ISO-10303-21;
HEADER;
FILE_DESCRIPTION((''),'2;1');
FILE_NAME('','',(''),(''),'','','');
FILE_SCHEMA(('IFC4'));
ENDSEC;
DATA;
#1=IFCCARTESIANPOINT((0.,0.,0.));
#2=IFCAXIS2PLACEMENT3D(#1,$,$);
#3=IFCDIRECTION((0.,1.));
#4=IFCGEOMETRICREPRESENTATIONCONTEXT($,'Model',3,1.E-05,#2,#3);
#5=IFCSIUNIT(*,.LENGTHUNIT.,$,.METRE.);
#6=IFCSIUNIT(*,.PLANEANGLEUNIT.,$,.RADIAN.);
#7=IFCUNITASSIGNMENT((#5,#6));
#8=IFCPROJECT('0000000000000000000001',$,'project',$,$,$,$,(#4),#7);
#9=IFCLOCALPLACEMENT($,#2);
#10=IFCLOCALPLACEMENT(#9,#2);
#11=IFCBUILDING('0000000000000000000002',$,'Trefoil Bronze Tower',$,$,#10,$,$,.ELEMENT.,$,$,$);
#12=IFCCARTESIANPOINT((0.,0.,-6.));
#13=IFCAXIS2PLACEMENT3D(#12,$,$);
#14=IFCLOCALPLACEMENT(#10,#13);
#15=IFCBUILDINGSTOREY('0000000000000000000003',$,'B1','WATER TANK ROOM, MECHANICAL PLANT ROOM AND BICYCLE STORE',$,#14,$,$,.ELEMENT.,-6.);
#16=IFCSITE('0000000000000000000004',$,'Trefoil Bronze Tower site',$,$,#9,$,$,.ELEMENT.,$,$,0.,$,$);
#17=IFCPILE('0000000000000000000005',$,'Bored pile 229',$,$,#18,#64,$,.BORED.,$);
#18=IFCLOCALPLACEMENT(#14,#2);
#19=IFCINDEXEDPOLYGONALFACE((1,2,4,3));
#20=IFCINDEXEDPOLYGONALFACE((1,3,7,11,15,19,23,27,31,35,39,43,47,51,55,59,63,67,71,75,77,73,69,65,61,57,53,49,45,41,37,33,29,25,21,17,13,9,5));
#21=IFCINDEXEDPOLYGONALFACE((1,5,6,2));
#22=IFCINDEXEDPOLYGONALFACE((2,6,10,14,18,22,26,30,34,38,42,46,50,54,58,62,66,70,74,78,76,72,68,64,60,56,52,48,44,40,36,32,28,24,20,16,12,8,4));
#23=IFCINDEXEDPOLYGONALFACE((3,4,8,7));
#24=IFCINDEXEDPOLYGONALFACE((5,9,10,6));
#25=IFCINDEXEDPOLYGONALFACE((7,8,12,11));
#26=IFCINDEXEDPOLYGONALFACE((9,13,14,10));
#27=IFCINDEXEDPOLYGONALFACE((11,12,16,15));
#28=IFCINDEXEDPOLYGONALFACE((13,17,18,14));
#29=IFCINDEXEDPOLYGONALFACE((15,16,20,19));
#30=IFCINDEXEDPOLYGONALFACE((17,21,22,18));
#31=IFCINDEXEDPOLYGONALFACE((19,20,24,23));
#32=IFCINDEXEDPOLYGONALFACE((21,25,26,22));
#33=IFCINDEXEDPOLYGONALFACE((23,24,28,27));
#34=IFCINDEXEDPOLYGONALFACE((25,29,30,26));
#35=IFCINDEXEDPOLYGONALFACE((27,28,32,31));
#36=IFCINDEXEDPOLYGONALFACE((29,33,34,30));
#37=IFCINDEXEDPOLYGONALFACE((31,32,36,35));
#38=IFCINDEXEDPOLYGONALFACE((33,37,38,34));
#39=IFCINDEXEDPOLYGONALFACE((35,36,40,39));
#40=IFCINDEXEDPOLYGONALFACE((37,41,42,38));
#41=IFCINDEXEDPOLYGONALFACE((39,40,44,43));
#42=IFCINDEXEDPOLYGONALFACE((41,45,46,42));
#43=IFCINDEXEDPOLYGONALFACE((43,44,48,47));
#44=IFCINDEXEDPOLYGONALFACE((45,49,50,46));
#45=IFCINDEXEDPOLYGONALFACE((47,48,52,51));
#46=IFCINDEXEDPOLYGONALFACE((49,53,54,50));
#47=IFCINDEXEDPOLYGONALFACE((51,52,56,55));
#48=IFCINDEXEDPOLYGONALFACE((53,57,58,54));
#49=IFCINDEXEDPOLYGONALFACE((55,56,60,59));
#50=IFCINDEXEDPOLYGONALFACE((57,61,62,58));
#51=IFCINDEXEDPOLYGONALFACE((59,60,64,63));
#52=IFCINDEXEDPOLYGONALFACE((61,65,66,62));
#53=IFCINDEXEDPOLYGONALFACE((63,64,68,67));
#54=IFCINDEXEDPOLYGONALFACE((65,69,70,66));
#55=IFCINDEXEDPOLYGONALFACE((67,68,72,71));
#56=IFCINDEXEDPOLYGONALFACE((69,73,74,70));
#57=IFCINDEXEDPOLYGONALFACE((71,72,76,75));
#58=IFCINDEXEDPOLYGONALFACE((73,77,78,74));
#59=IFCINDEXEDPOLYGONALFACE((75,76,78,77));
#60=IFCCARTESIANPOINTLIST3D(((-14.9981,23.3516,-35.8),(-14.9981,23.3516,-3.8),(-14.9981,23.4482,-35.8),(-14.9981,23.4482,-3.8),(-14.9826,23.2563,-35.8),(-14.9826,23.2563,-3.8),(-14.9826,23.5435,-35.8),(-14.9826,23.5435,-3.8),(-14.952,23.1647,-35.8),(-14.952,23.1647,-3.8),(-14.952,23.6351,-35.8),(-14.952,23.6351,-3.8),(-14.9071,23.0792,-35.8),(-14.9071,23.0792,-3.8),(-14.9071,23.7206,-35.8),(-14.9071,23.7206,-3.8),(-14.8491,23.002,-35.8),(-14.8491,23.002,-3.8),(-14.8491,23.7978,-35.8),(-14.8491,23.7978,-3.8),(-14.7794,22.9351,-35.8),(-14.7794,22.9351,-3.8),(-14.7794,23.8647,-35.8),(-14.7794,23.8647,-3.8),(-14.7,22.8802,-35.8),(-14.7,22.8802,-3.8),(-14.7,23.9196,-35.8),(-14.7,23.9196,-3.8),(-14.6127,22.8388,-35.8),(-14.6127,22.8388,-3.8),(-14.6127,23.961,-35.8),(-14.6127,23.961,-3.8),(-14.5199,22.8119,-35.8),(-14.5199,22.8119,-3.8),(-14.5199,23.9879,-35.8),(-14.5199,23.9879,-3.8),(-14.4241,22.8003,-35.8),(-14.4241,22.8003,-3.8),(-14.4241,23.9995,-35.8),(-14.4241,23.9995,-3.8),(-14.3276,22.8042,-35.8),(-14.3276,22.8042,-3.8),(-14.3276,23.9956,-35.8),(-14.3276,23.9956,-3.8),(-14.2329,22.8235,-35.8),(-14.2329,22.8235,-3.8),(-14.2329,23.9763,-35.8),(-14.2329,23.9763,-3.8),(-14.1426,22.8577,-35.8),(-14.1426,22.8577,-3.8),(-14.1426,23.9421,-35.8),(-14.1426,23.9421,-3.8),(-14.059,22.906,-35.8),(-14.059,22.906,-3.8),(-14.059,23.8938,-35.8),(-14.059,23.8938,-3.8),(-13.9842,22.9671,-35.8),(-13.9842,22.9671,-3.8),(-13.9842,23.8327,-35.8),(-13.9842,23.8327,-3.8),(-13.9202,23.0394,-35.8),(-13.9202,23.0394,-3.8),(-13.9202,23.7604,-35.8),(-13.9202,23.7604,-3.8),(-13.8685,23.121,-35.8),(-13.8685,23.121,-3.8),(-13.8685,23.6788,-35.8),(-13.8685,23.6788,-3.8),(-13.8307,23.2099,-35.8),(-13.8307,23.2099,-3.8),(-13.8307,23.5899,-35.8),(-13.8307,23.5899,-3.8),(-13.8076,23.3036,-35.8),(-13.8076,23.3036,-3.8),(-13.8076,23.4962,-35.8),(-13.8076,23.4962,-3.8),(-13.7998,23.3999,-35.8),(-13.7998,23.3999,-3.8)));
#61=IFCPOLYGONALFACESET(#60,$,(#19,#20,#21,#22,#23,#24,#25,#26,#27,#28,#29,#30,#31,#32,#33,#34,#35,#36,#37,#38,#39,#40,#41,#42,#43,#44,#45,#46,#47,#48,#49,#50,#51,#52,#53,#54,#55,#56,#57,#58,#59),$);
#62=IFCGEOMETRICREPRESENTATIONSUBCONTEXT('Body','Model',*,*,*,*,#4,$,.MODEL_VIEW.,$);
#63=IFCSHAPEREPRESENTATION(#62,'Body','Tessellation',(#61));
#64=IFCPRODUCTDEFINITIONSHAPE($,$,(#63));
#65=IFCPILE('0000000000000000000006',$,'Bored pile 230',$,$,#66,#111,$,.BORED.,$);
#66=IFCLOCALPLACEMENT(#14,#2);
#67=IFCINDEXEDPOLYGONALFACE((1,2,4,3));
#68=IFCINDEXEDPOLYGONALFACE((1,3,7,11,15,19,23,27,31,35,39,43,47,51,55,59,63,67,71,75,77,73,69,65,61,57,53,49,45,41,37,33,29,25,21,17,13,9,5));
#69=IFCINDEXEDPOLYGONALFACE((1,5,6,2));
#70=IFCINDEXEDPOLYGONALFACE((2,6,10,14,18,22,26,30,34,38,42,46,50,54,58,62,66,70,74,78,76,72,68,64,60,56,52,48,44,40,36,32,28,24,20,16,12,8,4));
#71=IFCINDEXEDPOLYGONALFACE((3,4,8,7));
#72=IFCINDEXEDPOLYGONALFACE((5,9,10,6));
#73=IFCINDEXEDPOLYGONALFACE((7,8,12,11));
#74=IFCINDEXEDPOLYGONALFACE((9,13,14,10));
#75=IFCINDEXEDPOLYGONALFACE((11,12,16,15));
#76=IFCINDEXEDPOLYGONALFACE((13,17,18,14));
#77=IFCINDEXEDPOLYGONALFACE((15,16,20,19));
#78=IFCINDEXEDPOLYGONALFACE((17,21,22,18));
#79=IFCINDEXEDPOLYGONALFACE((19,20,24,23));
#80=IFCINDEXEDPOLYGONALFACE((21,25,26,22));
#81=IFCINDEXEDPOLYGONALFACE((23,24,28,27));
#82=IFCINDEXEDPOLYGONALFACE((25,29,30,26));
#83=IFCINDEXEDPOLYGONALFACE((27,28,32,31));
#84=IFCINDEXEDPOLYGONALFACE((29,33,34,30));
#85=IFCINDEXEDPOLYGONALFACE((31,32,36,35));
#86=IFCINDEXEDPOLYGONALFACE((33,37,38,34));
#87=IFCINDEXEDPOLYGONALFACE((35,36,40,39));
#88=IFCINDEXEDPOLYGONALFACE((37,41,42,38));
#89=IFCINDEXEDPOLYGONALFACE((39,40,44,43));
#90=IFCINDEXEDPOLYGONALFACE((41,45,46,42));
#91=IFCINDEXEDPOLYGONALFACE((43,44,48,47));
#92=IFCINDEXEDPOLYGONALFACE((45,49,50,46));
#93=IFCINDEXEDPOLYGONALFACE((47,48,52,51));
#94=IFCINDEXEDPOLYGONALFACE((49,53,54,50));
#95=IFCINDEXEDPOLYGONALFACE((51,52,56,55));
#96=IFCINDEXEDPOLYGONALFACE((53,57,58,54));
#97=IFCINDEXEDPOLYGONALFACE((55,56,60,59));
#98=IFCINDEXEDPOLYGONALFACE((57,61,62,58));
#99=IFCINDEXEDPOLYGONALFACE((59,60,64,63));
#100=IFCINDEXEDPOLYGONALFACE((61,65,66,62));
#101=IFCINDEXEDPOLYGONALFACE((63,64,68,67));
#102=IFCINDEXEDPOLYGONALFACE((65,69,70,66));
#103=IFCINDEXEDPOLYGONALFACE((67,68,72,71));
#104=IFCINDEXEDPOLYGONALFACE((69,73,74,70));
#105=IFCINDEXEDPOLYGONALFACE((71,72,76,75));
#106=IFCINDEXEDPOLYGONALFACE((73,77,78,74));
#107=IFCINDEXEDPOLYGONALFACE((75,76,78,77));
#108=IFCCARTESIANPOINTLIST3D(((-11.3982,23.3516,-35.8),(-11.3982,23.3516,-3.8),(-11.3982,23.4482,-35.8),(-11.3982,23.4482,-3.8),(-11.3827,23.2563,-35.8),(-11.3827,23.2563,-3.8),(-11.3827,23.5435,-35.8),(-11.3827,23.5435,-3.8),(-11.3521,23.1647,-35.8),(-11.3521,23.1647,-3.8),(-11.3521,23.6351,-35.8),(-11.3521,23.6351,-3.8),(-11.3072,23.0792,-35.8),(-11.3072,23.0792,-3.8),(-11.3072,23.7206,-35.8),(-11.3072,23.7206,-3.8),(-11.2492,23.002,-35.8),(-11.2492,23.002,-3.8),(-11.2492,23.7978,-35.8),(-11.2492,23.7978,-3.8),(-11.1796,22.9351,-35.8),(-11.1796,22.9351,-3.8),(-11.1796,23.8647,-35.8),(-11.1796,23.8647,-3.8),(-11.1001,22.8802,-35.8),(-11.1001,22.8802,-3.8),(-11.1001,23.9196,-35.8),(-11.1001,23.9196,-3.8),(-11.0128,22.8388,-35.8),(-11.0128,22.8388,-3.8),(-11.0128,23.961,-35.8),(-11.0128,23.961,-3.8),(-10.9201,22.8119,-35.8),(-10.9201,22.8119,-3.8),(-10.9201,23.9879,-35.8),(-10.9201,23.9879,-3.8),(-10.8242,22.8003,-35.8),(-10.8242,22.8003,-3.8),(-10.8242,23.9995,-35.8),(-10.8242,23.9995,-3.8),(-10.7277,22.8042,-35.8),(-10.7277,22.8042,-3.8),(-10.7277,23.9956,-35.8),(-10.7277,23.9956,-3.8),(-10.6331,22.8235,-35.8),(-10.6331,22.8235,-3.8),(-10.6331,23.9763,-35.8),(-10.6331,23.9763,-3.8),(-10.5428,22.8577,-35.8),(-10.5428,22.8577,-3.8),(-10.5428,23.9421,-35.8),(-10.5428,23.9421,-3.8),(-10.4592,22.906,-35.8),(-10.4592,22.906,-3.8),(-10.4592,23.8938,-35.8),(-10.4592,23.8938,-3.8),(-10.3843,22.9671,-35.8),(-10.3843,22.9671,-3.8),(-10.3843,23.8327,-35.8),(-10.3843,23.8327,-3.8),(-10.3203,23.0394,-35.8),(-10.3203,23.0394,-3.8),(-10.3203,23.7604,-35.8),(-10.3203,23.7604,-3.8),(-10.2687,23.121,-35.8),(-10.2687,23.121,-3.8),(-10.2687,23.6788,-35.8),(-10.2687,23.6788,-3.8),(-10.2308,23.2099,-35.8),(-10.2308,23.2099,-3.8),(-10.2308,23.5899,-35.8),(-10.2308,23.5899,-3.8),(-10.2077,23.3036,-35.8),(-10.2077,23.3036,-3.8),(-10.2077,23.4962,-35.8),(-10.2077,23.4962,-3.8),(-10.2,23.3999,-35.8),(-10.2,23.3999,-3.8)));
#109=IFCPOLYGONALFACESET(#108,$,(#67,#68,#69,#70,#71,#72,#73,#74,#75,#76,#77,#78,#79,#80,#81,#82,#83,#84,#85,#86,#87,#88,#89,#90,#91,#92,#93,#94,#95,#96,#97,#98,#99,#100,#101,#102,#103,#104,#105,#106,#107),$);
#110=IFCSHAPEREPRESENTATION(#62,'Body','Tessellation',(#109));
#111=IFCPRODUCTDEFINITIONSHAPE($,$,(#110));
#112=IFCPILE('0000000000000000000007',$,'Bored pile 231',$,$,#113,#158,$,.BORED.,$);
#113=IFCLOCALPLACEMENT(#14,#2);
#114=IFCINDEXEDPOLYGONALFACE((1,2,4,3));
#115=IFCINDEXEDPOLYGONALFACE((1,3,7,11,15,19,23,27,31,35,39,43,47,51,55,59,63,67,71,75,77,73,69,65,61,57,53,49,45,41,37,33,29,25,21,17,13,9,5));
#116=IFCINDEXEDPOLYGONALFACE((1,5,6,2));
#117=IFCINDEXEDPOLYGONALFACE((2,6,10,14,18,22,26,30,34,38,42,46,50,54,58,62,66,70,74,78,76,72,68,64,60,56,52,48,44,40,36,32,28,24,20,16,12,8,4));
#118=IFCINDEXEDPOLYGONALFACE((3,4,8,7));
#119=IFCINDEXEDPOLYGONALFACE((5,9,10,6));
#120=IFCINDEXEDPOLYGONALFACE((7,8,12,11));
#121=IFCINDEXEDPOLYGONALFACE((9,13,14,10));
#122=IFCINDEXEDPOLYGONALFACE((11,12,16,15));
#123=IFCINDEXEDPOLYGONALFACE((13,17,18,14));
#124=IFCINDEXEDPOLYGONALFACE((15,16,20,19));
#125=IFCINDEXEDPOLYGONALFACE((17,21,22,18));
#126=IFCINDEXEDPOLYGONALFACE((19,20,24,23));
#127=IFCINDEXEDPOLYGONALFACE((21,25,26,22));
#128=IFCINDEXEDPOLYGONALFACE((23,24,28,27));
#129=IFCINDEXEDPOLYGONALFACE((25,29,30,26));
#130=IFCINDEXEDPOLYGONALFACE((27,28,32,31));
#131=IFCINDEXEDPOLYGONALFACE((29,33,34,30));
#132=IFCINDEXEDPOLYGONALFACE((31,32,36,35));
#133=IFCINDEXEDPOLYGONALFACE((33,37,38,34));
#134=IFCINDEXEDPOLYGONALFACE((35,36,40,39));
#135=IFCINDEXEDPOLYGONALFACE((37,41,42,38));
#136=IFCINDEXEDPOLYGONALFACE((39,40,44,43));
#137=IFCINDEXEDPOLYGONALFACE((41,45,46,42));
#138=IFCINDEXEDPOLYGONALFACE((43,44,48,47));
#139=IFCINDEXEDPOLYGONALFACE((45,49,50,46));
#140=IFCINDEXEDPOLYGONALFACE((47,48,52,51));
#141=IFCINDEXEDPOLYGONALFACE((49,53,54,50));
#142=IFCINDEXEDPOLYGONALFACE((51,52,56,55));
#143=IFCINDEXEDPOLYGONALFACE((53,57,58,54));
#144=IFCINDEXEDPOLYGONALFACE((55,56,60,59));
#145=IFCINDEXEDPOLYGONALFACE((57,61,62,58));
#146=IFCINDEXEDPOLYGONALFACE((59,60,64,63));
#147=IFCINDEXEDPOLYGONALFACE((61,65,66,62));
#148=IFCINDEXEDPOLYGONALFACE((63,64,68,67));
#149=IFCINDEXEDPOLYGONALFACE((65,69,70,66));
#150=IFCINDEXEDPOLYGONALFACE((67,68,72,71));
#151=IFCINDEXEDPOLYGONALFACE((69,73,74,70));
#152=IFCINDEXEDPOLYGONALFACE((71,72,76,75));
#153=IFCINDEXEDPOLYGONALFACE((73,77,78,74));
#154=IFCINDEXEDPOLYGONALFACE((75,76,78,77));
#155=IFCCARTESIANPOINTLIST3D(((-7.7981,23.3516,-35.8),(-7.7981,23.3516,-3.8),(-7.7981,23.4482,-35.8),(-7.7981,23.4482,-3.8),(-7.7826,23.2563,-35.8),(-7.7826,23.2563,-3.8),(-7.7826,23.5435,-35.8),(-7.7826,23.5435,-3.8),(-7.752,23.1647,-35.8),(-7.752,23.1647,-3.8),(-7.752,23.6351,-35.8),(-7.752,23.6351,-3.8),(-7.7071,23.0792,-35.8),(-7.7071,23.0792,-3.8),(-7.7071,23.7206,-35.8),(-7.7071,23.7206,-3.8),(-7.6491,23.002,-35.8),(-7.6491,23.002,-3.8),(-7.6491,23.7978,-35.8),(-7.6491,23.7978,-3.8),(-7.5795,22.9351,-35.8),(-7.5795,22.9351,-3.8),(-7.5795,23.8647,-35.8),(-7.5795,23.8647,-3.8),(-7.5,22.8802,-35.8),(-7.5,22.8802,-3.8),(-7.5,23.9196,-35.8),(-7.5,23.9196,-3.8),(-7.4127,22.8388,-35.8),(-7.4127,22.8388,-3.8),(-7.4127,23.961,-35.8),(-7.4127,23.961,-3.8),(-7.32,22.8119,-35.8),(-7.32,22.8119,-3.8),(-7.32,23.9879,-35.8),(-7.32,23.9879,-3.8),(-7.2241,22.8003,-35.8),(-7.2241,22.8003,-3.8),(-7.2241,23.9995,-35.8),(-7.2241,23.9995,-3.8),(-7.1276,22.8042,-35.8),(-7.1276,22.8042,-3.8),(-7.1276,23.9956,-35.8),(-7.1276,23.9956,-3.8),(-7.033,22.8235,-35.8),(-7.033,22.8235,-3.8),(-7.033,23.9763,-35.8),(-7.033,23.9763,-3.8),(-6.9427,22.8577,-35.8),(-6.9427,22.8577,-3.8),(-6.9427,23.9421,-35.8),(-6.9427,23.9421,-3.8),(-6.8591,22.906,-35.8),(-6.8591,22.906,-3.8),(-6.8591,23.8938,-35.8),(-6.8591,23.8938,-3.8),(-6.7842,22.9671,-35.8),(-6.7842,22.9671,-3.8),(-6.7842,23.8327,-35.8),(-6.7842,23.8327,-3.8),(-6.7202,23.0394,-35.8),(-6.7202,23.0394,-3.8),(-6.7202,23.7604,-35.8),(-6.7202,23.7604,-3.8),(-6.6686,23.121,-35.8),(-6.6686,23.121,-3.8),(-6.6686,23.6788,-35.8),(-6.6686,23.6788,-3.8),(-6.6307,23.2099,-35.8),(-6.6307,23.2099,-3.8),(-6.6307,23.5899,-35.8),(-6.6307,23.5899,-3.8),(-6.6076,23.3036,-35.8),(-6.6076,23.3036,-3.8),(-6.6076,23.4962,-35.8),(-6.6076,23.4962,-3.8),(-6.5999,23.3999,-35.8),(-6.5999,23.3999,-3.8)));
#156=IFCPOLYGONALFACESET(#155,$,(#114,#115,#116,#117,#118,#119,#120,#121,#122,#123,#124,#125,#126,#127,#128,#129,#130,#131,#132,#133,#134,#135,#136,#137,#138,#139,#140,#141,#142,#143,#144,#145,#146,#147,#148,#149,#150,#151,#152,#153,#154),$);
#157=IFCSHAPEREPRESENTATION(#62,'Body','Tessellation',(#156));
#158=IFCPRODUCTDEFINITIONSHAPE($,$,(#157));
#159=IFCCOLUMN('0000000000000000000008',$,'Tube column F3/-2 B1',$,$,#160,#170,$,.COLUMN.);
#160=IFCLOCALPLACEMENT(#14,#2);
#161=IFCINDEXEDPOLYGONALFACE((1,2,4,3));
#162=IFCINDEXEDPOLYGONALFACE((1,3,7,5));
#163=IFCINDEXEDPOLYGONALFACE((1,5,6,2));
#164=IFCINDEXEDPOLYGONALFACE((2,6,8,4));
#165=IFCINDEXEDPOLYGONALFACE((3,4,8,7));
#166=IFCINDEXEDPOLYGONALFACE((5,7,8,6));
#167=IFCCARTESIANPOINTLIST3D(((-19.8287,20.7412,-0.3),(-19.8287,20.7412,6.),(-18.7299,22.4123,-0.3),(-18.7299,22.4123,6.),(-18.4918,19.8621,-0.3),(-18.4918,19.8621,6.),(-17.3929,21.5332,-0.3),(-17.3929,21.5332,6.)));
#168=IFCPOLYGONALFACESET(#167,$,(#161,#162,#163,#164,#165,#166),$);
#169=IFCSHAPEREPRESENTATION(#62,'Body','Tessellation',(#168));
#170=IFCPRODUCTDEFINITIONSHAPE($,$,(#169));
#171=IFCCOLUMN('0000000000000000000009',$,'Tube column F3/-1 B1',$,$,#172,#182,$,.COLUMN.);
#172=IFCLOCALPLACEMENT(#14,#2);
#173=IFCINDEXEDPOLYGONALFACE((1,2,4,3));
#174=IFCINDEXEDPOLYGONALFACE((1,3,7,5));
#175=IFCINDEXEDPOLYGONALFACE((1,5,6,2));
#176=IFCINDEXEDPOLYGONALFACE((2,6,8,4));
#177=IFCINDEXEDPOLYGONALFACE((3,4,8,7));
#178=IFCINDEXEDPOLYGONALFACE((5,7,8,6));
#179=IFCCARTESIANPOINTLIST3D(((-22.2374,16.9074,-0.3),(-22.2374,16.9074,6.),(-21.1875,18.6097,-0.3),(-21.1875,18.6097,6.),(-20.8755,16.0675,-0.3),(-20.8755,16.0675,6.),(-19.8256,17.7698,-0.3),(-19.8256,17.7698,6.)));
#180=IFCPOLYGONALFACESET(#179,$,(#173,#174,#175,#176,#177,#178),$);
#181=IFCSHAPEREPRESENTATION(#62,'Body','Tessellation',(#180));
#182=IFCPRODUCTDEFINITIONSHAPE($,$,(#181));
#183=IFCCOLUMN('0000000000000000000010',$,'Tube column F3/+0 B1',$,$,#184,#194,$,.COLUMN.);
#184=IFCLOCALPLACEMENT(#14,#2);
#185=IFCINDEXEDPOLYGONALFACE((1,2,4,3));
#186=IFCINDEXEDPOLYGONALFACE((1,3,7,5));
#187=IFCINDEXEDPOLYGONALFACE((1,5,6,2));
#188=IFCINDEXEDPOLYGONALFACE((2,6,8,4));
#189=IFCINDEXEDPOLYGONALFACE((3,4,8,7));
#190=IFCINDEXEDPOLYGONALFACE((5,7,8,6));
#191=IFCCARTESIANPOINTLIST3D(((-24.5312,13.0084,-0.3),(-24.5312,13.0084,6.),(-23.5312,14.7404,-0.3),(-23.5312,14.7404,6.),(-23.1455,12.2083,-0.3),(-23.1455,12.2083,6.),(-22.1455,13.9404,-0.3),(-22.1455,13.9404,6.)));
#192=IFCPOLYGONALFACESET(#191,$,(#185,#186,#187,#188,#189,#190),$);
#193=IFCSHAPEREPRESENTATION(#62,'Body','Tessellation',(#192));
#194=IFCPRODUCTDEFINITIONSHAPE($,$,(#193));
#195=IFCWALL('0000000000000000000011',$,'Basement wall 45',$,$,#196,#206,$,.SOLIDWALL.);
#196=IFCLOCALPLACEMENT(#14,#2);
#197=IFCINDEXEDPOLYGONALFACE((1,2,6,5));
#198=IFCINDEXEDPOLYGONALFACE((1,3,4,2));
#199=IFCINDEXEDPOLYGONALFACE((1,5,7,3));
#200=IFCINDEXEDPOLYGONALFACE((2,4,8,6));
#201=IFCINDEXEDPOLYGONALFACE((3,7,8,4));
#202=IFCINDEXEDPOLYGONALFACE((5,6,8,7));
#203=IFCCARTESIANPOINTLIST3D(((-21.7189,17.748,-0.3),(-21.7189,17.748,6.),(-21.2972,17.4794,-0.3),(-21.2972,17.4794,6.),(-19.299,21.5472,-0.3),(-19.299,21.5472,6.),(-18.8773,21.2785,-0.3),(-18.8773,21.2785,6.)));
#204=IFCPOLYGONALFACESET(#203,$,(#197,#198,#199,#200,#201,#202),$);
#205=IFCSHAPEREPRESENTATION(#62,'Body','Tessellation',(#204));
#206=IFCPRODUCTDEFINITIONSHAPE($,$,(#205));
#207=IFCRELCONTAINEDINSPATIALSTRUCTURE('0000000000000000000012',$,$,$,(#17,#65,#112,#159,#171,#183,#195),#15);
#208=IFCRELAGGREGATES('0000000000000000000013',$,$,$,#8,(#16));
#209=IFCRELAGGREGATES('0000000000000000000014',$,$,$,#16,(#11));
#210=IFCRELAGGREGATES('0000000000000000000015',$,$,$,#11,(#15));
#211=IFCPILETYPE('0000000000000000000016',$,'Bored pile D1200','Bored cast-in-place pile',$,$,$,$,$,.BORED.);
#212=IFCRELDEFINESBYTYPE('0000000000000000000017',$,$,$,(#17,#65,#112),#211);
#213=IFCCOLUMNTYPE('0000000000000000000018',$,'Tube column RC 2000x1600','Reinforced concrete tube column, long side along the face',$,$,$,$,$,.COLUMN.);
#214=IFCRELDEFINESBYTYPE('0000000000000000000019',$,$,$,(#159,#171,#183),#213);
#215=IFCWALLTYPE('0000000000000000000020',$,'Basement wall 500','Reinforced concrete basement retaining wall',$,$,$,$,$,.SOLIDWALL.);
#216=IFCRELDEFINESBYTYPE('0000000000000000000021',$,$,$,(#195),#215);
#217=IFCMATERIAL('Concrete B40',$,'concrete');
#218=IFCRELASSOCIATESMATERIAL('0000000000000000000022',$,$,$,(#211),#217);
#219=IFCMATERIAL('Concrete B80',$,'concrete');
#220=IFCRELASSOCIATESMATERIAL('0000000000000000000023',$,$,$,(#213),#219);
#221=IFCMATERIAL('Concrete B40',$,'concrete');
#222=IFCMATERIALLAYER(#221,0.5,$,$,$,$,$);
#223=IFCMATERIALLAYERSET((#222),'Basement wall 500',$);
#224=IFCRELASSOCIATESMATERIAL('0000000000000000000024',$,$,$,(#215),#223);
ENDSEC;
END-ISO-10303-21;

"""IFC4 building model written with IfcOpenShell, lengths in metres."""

from ifc_helpers import new_model, si_unit, direction, frame, frame_2d, origin, origin_2d, place, context, subcontext, project, spatial, rectangle, circle, extrude, material, layer, layer_set, material_profile, profile_set, type_object, element, save


model = new_model("IFC4")

# Units and contexts
model_context = context("Model", 3, precision=1e-05, world=origin(), true_north=direction((0.0, 1.0)))
body_context = subcontext(model_context, "Body", "Model", "MODEL_VIEW")
ifc_project = project(units=[si_unit("LENGTHUNIT", "METRE"), si_unit("PLANEANGLEUNIT", "RADIAN")], contexts=[model_context])

# Site, building, storey
site_placement = place(None, origin())
site = spatial("IfcSite", under=ifc_project, at=site_placement, Name="Trefoil Bronze Tower site", CompositionType="ELEMENT", RefElevation=0.0)
building_placement = place(site_placement, origin())
building = spatial("IfcBuilding", under=site, at=building_placement, Name="Trefoil Bronze Tower", CompositionType="ELEMENT")
storey_placement = place(building_placement, frame((0.0, 0.0, -6.0)))
storey = spatial("IfcBuildingStorey", under=building, at=storey_placement, Name="B1", Description="WATER TANK ROOM, MECHANICAL PLANT ROOM AND BICYCLE STORE", CompositionType="ELEMENT", Elevation=-6.0)

# Piles
ifc_material_1 = material(Name="Concrete B40", Category="concrete")
pile_type = type_object("IfcPileType", Name="Bored pile D1200", Description="Bored cast-in-place pile", PredefinedType="BORED", material=ifc_material_1)
for number, where, z_axis, x_axis, name in (
    (1, (-14.3999, 23.3999, -3.8), (0.0, 0.0, -1.0), (1.0, 0.0, 0.0), "Bored pile 229"),
    (2, (-10.8, 23.3999, -3.8), (0.0, 0.0, -1.0), (1.0, 0.0, 0.0), "Bored pile 230"),
    (3, (-7.2, 23.3999, -3.8), (0.0, 0.0, -1.0), (1.0, 0.0, 0.0), "Bored pile 231"),
):
    element("IfcPile", number, at=place(storey_placement, frame(where, z_axis=z_axis, x_axis=x_axis)), inside=storey, type_object=pile_type, Name=name, PredefinedType="BORED", context=body_context, shape_type="SweptSolid", body=[
        extrude(circle(Radius=0.6001, at=origin_2d()), origin(), (0.0, 0.0, 1.0), 32.0),
    ])

# Columns
ifc_material_2 = material(Name="Concrete B80", Category="concrete")
ifc_material_profile = material_profile(ifc_material_2, rectangle(XDim=2.0, YDim=1.6001, at=origin_2d()), Name="RC 2000x1600")
ifc_profile_set = profile_set([ifc_material_profile], Name="Concrete B80")
column_type = type_object("IfcColumnType", Name="Tube column RC 2000x1600", Description="Reinforced concrete tube column, long side along the face", PredefinedType="COLUMN", material=ifc_profile_set)
for number, where, z_axis, x_axis, name in (
    (4, (-18.6108, 21.1372, -0.3), (0.0, 0.0, 1.0), (-0.549424, -0.835544, 0.0), "Tube column F3/-2 B1"),
    (5, (-21.0315, 17.3386, -0.3), (0.0, 0.0, 1.0), (-0.524923, -0.85115, 0.0), "Tube column F3/-1 B1"),
    (6, (-23.3384, 13.4744, -0.3), (0.0, 0.0, 1.0), (-0.5, -0.866025, 0.0), "Tube column F3/+0 B1"),
):
    element("IfcColumn", number, at=place(storey_placement, frame(where, z_axis=z_axis, x_axis=x_axis)), inside=storey, type_object=column_type, Name=name, PredefinedType="COLUMN", context=body_context, shape_type="SweptSolid", body=[
        extrude(rectangle(XDim=2.0, YDim=1.6001, at=origin_2d()), origin(), (0.0, 0.0, 1.0), 6.3),
    ])

# Wall
ifc_material_3 = material(Name="Concrete B40", Category="concrete")
ifc_layer_1 = layer(ifc_material_3, 0.5)
ifc_layer_set_1 = layer_set([ifc_layer_1], Name="Basement wall 500")
wall_type_1 = type_object("IfcWallType", Name="Basement wall 500", Description="Reinforced concrete basement retaining wall", PredefinedType="SOLIDWALL", material=ifc_layer_set_1)
wall_1_placement = place(storey_placement, frame((-19.0881, 21.4128, -0.3), z_axis=(0.0, 0.0, 1.0), x_axis=(-0.537244, -0.843427, 0.0)))
element("IfcWall", 7, at=wall_1_placement, inside=storey, type_object=wall_type_1, Name="Basement wall 45", PredefinedType="SOLIDWALL", context=body_context, shape_type="SweptSolid", body=[
    extrude(rectangle(XDim=4.5044, YDim=0.5, at=frame_2d((2.2522, 0.0))), origin(), (0.0, 0.0, 1.0), 6.3),
])

save(model, "model.ifc")
